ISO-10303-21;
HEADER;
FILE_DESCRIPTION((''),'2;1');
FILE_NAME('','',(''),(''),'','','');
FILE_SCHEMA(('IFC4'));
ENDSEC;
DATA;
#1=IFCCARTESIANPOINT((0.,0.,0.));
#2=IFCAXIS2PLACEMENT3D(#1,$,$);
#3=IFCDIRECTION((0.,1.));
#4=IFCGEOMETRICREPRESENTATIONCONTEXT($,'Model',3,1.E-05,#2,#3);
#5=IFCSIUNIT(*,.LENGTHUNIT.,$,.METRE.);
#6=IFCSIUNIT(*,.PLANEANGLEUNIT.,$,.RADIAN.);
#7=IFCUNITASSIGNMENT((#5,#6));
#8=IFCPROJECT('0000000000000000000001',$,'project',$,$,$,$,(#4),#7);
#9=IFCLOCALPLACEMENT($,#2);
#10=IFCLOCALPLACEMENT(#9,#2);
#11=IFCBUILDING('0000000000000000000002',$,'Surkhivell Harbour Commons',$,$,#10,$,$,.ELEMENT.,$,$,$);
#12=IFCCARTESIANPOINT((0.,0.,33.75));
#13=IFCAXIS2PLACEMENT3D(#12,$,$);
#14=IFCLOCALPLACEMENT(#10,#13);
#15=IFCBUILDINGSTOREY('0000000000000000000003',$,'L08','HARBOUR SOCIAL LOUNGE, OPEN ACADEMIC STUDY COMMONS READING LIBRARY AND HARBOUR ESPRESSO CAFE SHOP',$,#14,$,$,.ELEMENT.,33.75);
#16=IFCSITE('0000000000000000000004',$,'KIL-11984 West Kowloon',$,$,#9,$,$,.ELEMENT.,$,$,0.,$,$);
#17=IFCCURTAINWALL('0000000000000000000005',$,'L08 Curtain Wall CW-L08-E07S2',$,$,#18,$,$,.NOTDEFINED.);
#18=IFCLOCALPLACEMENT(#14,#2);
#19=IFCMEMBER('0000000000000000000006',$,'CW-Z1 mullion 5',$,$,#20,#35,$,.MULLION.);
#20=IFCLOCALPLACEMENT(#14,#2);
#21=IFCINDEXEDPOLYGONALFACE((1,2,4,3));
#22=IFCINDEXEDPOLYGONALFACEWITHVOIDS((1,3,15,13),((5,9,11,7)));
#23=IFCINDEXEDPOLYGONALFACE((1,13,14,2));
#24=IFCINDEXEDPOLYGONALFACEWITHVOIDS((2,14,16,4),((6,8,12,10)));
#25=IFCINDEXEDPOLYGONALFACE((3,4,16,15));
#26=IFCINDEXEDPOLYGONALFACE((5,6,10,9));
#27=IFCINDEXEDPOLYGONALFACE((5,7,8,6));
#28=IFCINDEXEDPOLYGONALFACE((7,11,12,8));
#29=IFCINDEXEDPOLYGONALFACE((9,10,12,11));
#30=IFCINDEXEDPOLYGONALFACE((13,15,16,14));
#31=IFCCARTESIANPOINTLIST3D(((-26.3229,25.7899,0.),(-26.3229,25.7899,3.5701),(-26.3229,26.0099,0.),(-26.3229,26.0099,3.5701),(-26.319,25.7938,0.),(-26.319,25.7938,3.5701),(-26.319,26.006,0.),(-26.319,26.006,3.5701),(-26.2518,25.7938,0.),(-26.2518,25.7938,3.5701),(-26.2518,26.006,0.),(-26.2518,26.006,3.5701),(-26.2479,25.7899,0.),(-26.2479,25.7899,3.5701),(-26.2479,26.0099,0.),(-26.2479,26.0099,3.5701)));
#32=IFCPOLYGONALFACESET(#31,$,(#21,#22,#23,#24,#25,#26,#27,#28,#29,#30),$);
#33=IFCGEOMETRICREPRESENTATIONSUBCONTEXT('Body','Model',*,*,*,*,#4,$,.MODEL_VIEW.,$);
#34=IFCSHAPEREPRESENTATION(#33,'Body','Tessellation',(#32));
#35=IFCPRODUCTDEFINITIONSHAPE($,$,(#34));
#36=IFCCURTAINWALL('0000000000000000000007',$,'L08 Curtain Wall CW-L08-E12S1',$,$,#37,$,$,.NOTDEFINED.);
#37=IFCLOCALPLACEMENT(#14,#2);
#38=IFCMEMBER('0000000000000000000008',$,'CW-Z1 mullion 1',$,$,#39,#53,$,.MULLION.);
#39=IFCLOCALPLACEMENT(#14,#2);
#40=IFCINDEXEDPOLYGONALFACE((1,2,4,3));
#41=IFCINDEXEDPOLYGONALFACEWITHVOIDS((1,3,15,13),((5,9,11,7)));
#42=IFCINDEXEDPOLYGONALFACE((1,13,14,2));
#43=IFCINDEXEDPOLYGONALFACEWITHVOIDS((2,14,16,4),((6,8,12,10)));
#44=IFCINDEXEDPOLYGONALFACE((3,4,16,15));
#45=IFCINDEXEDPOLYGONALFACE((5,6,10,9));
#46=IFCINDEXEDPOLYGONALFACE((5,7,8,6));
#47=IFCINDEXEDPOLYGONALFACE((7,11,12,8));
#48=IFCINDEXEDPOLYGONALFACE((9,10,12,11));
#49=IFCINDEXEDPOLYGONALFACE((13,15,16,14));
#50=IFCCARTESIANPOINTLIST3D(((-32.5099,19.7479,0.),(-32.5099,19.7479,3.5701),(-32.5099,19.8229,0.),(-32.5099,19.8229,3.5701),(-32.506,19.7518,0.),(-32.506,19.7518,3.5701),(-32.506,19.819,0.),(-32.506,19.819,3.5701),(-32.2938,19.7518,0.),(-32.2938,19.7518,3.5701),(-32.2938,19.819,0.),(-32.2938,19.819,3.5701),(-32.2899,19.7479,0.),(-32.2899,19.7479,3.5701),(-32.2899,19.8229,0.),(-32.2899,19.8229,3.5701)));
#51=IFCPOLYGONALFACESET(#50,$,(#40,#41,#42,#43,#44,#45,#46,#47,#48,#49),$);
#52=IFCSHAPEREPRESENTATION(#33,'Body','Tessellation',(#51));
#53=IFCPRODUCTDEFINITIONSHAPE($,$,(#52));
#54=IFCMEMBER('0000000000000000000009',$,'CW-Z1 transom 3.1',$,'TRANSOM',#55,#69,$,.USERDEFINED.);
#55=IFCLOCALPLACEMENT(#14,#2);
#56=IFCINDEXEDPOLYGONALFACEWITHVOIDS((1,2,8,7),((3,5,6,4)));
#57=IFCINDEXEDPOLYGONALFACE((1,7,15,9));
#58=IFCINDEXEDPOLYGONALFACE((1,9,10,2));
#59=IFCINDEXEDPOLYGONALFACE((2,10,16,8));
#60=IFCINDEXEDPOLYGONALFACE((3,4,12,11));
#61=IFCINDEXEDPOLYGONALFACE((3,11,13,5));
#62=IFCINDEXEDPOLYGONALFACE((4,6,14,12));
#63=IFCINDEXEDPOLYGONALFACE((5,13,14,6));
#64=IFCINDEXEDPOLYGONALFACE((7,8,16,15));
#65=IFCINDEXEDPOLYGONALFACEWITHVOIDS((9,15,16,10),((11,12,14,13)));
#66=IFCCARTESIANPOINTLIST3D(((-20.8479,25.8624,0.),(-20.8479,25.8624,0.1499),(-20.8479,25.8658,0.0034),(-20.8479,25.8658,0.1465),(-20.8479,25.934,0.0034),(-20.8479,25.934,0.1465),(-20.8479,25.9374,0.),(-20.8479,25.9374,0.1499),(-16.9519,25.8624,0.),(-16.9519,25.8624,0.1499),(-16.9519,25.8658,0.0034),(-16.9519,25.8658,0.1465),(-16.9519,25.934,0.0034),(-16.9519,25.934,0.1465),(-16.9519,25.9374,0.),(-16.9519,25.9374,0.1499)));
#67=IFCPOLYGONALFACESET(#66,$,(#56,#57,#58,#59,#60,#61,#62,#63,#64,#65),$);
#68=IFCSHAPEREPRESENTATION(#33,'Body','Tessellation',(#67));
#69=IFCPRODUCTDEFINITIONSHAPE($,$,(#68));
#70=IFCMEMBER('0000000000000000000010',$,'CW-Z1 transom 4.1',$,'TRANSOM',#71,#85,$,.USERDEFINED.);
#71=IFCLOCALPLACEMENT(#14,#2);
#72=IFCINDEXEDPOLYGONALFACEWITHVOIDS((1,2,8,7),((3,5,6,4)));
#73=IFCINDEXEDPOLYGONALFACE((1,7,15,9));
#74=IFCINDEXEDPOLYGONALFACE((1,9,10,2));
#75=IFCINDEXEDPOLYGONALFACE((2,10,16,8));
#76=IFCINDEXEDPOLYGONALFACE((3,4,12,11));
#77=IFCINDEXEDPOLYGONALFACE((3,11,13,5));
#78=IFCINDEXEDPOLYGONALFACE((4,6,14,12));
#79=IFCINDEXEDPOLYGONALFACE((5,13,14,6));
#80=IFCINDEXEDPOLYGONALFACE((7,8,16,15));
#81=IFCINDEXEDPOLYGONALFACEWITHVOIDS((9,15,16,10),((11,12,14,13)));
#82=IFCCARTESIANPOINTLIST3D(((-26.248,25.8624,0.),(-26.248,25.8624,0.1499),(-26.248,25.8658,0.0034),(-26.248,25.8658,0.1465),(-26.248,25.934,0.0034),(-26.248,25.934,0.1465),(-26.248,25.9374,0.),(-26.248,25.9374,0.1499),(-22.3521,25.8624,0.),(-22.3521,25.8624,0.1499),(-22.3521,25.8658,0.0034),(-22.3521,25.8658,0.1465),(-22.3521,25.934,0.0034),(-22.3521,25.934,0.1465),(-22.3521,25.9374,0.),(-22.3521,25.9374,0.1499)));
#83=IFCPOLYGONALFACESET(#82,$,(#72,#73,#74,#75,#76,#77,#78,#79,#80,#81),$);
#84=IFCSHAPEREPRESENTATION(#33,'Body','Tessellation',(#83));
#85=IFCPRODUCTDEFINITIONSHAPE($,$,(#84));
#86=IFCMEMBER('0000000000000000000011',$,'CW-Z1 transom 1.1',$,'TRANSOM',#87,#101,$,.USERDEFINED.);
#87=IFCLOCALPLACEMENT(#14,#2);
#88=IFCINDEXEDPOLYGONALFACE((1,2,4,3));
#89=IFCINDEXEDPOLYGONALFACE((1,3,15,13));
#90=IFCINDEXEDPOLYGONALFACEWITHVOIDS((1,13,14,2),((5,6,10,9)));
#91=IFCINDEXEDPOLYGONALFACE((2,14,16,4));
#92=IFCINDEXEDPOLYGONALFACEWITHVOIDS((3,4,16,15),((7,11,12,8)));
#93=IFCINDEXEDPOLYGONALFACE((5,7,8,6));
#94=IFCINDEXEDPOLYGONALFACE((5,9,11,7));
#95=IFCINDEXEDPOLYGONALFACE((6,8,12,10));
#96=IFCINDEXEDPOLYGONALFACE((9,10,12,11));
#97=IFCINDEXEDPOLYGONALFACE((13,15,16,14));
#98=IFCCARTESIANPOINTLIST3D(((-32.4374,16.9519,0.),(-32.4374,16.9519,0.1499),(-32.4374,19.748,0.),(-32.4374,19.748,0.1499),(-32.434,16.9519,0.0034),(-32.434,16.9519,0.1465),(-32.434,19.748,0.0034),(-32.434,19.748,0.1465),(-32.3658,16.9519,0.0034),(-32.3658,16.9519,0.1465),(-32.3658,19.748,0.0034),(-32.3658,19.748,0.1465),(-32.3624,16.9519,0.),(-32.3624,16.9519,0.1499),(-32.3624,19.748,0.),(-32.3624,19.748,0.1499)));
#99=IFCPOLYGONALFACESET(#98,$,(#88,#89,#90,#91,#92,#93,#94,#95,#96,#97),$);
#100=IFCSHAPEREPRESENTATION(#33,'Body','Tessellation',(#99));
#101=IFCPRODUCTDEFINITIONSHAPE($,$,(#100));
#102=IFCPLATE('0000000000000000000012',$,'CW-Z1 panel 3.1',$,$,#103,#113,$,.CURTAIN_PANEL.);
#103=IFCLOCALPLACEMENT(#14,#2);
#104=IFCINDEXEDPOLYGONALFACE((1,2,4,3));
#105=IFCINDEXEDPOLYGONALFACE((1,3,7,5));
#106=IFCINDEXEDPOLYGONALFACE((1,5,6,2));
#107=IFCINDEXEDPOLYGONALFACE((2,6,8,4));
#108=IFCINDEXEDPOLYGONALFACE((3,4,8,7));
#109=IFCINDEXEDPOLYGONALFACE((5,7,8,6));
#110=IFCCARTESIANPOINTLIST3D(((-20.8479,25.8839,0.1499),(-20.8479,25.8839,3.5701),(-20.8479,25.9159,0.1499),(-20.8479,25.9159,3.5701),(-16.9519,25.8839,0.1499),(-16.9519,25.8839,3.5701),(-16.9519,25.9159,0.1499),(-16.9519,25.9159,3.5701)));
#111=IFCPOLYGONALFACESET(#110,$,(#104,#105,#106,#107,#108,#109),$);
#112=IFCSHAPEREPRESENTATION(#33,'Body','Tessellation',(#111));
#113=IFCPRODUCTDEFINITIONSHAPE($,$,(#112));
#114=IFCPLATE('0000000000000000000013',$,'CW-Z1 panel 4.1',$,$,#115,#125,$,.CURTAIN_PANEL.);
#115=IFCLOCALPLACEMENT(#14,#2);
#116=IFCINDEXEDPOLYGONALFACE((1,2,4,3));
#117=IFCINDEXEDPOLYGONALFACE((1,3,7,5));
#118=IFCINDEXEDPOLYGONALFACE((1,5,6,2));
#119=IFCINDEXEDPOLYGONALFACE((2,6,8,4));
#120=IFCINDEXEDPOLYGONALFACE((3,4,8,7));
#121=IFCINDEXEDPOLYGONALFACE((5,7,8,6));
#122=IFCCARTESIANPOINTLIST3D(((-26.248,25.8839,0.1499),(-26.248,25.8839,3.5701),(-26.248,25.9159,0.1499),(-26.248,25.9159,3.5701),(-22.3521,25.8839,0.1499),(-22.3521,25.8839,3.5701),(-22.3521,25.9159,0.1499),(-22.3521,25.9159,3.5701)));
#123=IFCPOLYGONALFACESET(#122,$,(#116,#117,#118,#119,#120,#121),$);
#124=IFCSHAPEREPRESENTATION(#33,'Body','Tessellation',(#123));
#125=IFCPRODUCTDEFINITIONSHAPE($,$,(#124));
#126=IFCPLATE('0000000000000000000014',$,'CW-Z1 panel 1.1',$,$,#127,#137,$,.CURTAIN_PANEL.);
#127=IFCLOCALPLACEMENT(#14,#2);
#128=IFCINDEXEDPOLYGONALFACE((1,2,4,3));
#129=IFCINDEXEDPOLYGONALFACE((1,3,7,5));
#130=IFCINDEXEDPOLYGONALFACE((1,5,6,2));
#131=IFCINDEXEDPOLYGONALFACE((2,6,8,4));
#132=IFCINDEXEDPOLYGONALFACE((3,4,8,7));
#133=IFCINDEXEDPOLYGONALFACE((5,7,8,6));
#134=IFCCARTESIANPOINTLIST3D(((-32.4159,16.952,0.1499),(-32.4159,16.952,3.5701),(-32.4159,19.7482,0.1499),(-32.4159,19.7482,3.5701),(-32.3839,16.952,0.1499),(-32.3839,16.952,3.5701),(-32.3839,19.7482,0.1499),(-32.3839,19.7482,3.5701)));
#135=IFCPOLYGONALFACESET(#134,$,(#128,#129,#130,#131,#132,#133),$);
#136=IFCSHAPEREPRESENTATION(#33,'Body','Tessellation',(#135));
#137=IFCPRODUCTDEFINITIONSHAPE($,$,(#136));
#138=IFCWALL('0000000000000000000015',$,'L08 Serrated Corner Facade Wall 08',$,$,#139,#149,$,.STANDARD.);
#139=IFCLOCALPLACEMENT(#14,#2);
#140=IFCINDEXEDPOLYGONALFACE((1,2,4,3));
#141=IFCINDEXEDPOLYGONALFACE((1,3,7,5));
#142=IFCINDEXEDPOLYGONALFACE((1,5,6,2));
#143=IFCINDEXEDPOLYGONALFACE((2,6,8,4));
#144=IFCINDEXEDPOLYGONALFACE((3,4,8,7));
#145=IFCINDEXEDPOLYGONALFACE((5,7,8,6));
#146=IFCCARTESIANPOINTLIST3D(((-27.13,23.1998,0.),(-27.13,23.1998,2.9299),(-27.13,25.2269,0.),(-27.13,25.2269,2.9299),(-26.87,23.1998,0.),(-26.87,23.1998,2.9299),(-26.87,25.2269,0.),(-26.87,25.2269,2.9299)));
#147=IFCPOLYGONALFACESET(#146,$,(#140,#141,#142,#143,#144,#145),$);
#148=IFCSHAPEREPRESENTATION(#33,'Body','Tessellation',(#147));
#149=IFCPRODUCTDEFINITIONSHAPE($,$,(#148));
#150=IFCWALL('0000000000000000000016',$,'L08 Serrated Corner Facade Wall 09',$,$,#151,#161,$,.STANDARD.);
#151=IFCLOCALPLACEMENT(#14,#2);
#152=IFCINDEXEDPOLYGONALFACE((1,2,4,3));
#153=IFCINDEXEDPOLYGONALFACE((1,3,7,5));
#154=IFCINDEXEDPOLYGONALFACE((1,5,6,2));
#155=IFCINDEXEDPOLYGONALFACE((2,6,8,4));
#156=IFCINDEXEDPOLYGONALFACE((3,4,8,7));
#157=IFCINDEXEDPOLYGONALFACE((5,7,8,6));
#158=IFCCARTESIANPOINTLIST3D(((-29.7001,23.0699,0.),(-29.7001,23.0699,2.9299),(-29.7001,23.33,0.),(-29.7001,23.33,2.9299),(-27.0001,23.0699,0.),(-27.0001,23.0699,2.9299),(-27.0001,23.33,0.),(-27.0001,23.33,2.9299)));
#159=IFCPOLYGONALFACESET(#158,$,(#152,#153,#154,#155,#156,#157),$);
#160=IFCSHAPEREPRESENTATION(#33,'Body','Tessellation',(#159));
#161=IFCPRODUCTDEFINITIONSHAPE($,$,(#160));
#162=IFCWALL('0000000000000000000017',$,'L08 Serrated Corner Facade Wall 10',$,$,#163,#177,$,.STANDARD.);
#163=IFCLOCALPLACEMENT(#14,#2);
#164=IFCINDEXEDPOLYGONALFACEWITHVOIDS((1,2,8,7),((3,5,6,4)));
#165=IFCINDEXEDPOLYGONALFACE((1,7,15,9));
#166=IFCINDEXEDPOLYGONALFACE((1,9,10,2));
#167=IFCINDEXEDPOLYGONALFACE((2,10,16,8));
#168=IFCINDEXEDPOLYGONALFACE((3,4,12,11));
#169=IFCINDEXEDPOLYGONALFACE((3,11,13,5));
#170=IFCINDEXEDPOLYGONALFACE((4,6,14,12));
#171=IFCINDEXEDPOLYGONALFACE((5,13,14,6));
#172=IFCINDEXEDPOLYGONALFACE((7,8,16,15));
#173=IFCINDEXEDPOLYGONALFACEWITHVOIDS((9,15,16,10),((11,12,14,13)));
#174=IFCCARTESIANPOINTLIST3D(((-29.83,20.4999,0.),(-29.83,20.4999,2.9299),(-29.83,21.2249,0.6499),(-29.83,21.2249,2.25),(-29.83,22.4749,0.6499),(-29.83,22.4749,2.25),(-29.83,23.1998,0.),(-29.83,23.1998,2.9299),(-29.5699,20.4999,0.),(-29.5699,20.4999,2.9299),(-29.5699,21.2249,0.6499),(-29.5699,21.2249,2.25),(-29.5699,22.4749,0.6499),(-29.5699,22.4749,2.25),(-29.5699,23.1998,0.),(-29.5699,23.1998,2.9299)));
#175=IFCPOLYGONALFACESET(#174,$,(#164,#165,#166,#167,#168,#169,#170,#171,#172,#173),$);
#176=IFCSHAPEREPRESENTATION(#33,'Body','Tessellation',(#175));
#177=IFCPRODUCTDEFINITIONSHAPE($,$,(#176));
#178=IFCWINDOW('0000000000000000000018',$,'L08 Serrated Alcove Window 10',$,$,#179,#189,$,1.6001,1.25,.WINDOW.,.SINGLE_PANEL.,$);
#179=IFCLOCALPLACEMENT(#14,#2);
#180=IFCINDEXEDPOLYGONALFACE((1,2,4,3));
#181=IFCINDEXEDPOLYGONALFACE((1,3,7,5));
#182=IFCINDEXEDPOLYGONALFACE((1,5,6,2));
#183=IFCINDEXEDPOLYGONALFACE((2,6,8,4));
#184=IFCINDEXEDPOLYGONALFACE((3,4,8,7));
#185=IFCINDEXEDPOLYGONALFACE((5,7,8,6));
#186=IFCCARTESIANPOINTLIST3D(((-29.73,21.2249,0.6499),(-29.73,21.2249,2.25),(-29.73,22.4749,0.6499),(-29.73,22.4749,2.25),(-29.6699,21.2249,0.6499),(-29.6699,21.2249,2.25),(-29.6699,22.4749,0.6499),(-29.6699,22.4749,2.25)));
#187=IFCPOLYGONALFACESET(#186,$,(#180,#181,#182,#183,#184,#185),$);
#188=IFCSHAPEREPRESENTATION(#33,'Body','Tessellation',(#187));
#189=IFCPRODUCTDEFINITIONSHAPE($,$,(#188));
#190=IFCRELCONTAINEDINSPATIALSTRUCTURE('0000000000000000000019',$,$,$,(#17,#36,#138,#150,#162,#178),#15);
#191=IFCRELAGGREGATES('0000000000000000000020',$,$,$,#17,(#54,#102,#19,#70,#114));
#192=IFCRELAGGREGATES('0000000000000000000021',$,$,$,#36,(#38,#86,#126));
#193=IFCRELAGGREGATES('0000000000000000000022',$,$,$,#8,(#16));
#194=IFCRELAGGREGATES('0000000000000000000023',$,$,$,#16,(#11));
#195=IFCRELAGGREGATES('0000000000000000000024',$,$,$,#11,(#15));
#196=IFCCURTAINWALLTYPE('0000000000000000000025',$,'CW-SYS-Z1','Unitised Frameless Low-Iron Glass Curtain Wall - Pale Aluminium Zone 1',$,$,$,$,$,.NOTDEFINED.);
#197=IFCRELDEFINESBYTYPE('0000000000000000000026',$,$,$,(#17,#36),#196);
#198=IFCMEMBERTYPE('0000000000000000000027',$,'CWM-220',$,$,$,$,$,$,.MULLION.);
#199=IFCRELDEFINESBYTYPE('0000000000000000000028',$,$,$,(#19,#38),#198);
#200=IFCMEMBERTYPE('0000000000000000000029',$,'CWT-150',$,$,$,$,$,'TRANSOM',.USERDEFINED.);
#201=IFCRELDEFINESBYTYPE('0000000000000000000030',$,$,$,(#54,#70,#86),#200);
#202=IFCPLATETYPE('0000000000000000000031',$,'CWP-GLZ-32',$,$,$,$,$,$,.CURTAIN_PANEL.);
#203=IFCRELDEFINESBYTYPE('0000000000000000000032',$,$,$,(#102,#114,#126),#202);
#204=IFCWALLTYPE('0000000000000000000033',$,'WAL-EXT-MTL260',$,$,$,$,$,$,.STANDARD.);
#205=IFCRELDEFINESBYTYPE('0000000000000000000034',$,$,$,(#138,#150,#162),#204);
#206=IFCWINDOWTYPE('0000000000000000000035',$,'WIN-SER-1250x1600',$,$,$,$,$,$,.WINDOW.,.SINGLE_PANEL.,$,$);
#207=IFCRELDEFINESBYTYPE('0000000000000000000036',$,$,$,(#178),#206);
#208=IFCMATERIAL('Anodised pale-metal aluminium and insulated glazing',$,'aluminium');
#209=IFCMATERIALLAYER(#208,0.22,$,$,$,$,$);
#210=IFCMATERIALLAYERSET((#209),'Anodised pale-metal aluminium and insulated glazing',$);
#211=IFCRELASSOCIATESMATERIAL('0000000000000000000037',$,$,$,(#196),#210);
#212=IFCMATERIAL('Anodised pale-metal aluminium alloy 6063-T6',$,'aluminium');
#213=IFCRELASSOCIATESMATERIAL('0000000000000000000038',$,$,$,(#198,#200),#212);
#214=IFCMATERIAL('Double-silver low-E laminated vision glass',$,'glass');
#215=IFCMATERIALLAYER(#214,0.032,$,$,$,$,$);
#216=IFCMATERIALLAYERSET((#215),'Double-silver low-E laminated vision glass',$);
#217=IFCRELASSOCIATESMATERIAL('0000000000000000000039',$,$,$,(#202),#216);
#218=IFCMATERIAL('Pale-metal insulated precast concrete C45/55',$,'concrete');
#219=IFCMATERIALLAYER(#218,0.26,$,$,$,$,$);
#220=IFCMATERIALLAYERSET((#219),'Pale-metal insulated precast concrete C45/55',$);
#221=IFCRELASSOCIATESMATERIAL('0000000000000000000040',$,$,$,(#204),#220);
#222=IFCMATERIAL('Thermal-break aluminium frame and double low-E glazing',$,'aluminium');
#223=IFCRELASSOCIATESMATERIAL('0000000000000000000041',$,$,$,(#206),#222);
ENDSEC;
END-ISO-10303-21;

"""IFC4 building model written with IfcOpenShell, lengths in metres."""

from ifc_helpers import new_model, si_unit, direction, frame, frame_2d, origin, origin_2d, place, context, subcontext, project, spatial, rectangle, hollow_rectangle, extrude, material, layer, layer_set, material_profile, profile_set, type_object, element, fill, aggregate, save


model = new_model("IFC4")

# Units and contexts
model_context = context("Model", 3, precision=1e-05, world=origin(), true_north=direction((0.0, 1.0)))
body_context = subcontext(model_context, "Body", "Model", "MODEL_VIEW")
ifc_project = project(units=[si_unit("LENGTHUNIT", "METRE"), si_unit("PLANEANGLEUNIT", "RADIAN")], contexts=[model_context])

# Site, building, storey
site_placement = place(None, origin())
site = spatial("IfcSite", under=ifc_project, at=site_placement, Name="KIL-11984 West Kowloon", CompositionType="ELEMENT", RefElevation=0.0)
building_placement = place(site_placement, origin())
building = spatial("IfcBuilding", under=site, at=building_placement, Name="Surkhivell Harbour Commons", CompositionType="ELEMENT")
storey_placement = place(building_placement, frame((0.0, 0.0, 33.75)))
storey = spatial("IfcBuildingStorey", under=building, at=storey_placement, Name="L08", Description="HARBOUR SOCIAL LOUNGE, OPEN ACADEMIC STUDY COMMONS READING LIBRARY AND HARBOUR ESPRESSO CAFE SHOP", CompositionType="ELEMENT", Elevation=33.75)

# Curtain wall, member
ifc_material_1 = material(Name="Anodised pale-metal aluminium and insulated glazing", Category="aluminium")
ifc_layer_1 = layer(ifc_material_1, 0.22)
ifc_layer_set_1 = layer_set([ifc_layer_1], Name="Anodised pale-metal aluminium and insulated glazing")
curtain_wall_type = type_object("IfcCurtainWallType", Name="CW-SYS-Z1", Description="Unitised Frameless Low-Iron Glass Curtain Wall - Pale Aluminium Zone 1", PredefinedType="NOTDEFINED", material=ifc_layer_set_1)
curtain_wall_1_placement = place(storey_placement, origin())
curtain_wall_1 = element("IfcCurtainWall", 1, at=curtain_wall_1_placement, inside=storey, type_object=curtain_wall_type, Name="L08 Curtain Wall CW-L08-E07S2", PredefinedType="NOTDEFINED")
ifc_material_2 = material(Name="Anodised pale-metal aluminium alloy 6063-T6", Category="aluminium")
ifc_material_profile_1 = material_profile(ifc_material_2, hollow_rectangle(XDim=0.075, YDim=0.22, WallThickness=0.0039, at=origin_2d()), Name="ALU-MULL-75x220")
ifc_profile_set_1 = profile_set([ifc_material_profile_1], Name="Anodised pale-metal aluminium alloy 6063-T6")
member_type_1 = type_object("IfcMemberType", Name="CWM-220", PredefinedType="MULLION", material=ifc_profile_set_1)
member_1_placement = place(storey_placement, frame((-26.2854, 25.8999, 0.0), z_axis=(0.0, 0.0, 1.0), x_axis=(-1.0, 0.0, 0.0)))
member_1 = element("IfcMember", 2, at=member_1_placement, type_object=member_type_1, Name="CW-Z1 mullion 5", PredefinedType="MULLION", context=body_context, shape_type="SweptSolid", body=[
    extrude(hollow_rectangle(XDim=0.075, YDim=0.22, WallThickness=0.0039, at=origin_2d()), origin(), (0.0, 0.0, 1.0), 3.5701),
])

# Curtain wall, member
curtain_wall_2_placement = place(storey_placement, origin())
curtain_wall_2 = element("IfcCurtainWall", 3, at=curtain_wall_2_placement, inside=storey, type_object=curtain_wall_type, Name="L08 Curtain Wall CW-L08-E12S1", PredefinedType="NOTDEFINED")
member_2_placement = place(storey_placement, frame((-32.3999, 19.7854, 0.0), z_axis=(0.0, 0.0, 1.0), x_axis=(0.0, -1.0, 0.0)))
member_2 = element("IfcMember", 4, at=member_2_placement, type_object=member_type_1, Name="CW-Z1 mullion 1", PredefinedType="MULLION", context=body_context, shape_type="SweptSolid", body=[
    extrude(hollow_rectangle(XDim=0.075, YDim=0.22, WallThickness=0.0039, at=origin_2d()), origin(), (0.0, 0.0, 1.0), 3.5701),
])

# Members
ifc_material_profile_2 = material_profile(ifc_material_2, hollow_rectangle(XDim=0.075, YDim=0.1499, WallThickness=0.0034, at=origin_2d()), Name="ALU-TRAN-75x150")
ifc_profile_set_2 = profile_set([ifc_material_profile_2], Name="Anodised pale-metal aluminium alloy 6063-T6")
member_type_2 = type_object("IfcMemberType", Name="CWT-150", ElementType="TRANSOM", PredefinedType="USERDEFINED", material=ifc_profile_set_2)
member_3_placement = place(storey_placement, frame((-16.9519, 25.8999, 0.075), z_axis=(-1.0, 0.0, 0.0), x_axis=(0.0, -1.0, 0.0)))
member_3 = element("IfcMember", 5, at=member_3_placement, type_object=member_type_2, Name="CW-Z1 transom 3.1", ObjectType="TRANSOM", PredefinedType="USERDEFINED", context=body_context, shape_type="SweptSolid", body=[
    extrude(hollow_rectangle(XDim=0.075, YDim=0.1499, WallThickness=0.0034, at=origin_2d()), origin(), (0.0, 0.0, 1.0), 3.896),
])
member_4_placement = place(storey_placement, frame((-22.3521, 25.8999, 0.075), z_axis=(-1.0, 0.0, 0.0), x_axis=(0.0, -1.0, 0.0)))
member_4 = element("IfcMember", 6, at=member_4_placement, type_object=member_type_2, Name="CW-Z1 transom 4.1", ObjectType="TRANSOM", PredefinedType="USERDEFINED", context=body_context, shape_type="SweptSolid", body=[
    extrude(hollow_rectangle(XDim=0.075, YDim=0.1499, WallThickness=0.0034, at=origin_2d()), origin(), (0.0, 0.0, 1.0), 3.896),
])
member_5_placement = place(storey_placement, frame((-32.3999, 19.748, 0.075), z_axis=(0.0, -1.0, 0.0), x_axis=(1.0, 0.0, 0.0)))
member_5 = element("IfcMember", 7, at=member_5_placement, type_object=member_type_2, Name="CW-Z1 transom 1.1", ObjectType="TRANSOM", PredefinedType="USERDEFINED", context=body_context, shape_type="SweptSolid", body=[
    extrude(hollow_rectangle(XDim=0.075, YDim=0.1499, WallThickness=0.0034, at=origin_2d()), origin(), (0.0, 0.0, 1.0), 2.7961),
])

# Plates
ifc_material_3 = material(Name="Double-silver low-E laminated vision glass", Category="glass")
ifc_layer_2 = layer(ifc_material_3, 0.032)
ifc_layer_set_2 = layer_set([ifc_layer_2], Name="Double-silver low-E laminated vision glass")
plate_type = type_object("IfcPlateType", Name="CWP-GLZ-32", PredefinedType="CURTAIN_PANEL", material=ifc_layer_set_2)
plate_1_placement = place(storey_placement, frame((-16.9519, 25.8999, 0.1499), z_axis=(0.0, 0.0, 1.0), x_axis=(-1.0, 0.0, 0.0)))
plate_1 = element("IfcPlate", 8, at=plate_1_placement, type_object=plate_type, Name="CW-Z1 panel 3.1", PredefinedType="CURTAIN_PANEL", context=body_context, shape_type="SweptSolid", body=[
    extrude(rectangle(XDim=3.896, YDim=0.032, at=frame_2d((1.948, 0.0))), origin(), (0.0, 0.0, 1.0), 3.4202),
])
plate_2_placement = place(storey_placement, frame((-22.3521, 25.8999, 0.1499), z_axis=(0.0, 0.0, 1.0), x_axis=(-1.0, 0.0, 0.0)))
plate_2 = element("IfcPlate", 9, at=plate_2_placement, type_object=plate_type, Name="CW-Z1 panel 4.1", PredefinedType="CURTAIN_PANEL", context=body_context, shape_type="SweptSolid", body=[
    extrude(rectangle(XDim=3.896, YDim=0.032, at=frame_2d((1.948, 0.0))), origin(), (0.0, 0.0, 1.0), 3.4202),
])
aggregate(curtain_wall_1, [member_3, plate_1, member_1, member_4, plate_2])
plate_3_placement = place(storey_placement, frame((-32.3999, 19.748, 0.1499), z_axis=(0.0, 0.0, 1.0), x_axis=(0.0, -1.0, 0.0)))
plate_3 = element("IfcPlate", 10, at=plate_3_placement, type_object=plate_type, Name="CW-Z1 panel 1.1", PredefinedType="CURTAIN_PANEL", context=body_context, shape_type="SweptSolid", body=[
    extrude(rectangle(XDim=2.7961, YDim=0.032, at=frame_2d((1.3979, 0.0))), origin(), (0.0, 0.0, 1.0), 3.4202),
])
aggregate(curtain_wall_2, [member_2, member_5, plate_3])

# Walls
ifc_material_4 = material(Name="Pale-metal insulated precast concrete C45/55", Category="concrete")
ifc_layer_3 = layer(ifc_material_4, 0.26)
ifc_layer_set_3 = layer_set([ifc_layer_3], Name="Pale-metal insulated precast concrete C45/55")
wall_type = type_object("IfcWallType", Name="WAL-EXT-MTL260", PredefinedType="STANDARD", material=ifc_layer_set_3)
wall_1_placement = place(storey_placement, frame((-27.0, 25.2271, 0.0), z_axis=(0.0, 0.0, 1.0), x_axis=(0.0, -1.0, 0.0)))
element("IfcWall", 11, at=wall_1_placement, inside=storey, type_object=wall_type, Name="L08 Serrated Corner Facade Wall 08", PredefinedType="STANDARD", context=body_context, shape_type="SweptSolid", body=[
    extrude(rectangle(XDim=2.0271, YDim=0.26, at=frame_2d((1.0137, 0.0))), origin(), (0.0, 0.0, 1.0), 2.9299),
])
wall_2_placement = place(storey_placement, frame((-27.0, 23.2, 0.0), z_axis=(0.0, 0.0, 1.0), x_axis=(-1.0, 0.0, 0.0)))
element("IfcWall", 12, at=wall_2_placement, inside=storey, type_object=wall_type, Name="L08 Serrated Corner Facade Wall 09", PredefinedType="STANDARD", context=body_context, shape_type="SweptSolid", body=[
    extrude(rectangle(XDim=2.7, YDim=0.26, at=frame_2d((1.3501, 0.0))), origin(), (0.0, 0.0, 1.0), 2.9299),
])

# Wall, opening, window
wall_3_placement = place(storey_placement, frame((-29.7, 23.2, 0.0), z_axis=(0.0, 0.0, 1.0), x_axis=(0.0, -1.0, 0.0)))
wall_3 = element("IfcWall", 13, at=wall_3_placement, inside=storey, type_object=wall_type, Name="L08 Serrated Corner Facade Wall 10", PredefinedType="STANDARD", context=body_context, shape_type="SweptSolid", body=[
    extrude(rectangle(XDim=2.7, YDim=0.26, at=frame_2d((1.3501, 0.0))), origin(), (0.0, 0.0, 1.0), 2.9299),
])
opening_placement = place(wall_3_placement, frame((0.7251, 0.0, 0.6499)))
opening = element("IfcOpeningElement", 14, at=opening_placement, cuts=wall_3, PredefinedType="OPENING", context=body_context, shape_type="SweptSolid", body=[
    extrude(rectangle(XDim=1.25, YDim=1.6001, at=frame_2d((0.625, 0.8))), frame((0.0, 0.1399, 0.0), z_axis=(0.0, -1.0, 0.0), x_axis=(1.0, 0.0, 0.0)), (0.0, 0.0, 1.0), 0.28),
])
ifc_material_5 = material(Name="Thermal-break aluminium frame and double low-E glazing", Category="aluminium")
window_type = type_object("IfcWindowType", Name="WIN-SER-1250x1600", PartitioningType="SINGLE_PANEL", PredefinedType="WINDOW", material=ifc_material_5)
window_placement = place(opening_placement, origin())
window = element("IfcWindow", 15, at=window_placement, inside=storey, type_object=window_type, Name="L08 Serrated Alcove Window 10", OverallHeight=1.6001, OverallWidth=1.25, PartitioningType="SINGLE_PANEL", PredefinedType="WINDOW", context=body_context, shape_type="SweptSolid", body=[
    extrude(rectangle(XDim=1.25, YDim=1.6001, at=frame_2d((0.625, 0.8))), frame((0.0, 0.03, 0.0), z_axis=(0.0, -1.0, 0.0), x_axis=(1.0, 0.0, 0.0)), (0.0, 0.0, 1.0), 0.0601),
])
fill(opening, window)

save(model, "model.ifc")
